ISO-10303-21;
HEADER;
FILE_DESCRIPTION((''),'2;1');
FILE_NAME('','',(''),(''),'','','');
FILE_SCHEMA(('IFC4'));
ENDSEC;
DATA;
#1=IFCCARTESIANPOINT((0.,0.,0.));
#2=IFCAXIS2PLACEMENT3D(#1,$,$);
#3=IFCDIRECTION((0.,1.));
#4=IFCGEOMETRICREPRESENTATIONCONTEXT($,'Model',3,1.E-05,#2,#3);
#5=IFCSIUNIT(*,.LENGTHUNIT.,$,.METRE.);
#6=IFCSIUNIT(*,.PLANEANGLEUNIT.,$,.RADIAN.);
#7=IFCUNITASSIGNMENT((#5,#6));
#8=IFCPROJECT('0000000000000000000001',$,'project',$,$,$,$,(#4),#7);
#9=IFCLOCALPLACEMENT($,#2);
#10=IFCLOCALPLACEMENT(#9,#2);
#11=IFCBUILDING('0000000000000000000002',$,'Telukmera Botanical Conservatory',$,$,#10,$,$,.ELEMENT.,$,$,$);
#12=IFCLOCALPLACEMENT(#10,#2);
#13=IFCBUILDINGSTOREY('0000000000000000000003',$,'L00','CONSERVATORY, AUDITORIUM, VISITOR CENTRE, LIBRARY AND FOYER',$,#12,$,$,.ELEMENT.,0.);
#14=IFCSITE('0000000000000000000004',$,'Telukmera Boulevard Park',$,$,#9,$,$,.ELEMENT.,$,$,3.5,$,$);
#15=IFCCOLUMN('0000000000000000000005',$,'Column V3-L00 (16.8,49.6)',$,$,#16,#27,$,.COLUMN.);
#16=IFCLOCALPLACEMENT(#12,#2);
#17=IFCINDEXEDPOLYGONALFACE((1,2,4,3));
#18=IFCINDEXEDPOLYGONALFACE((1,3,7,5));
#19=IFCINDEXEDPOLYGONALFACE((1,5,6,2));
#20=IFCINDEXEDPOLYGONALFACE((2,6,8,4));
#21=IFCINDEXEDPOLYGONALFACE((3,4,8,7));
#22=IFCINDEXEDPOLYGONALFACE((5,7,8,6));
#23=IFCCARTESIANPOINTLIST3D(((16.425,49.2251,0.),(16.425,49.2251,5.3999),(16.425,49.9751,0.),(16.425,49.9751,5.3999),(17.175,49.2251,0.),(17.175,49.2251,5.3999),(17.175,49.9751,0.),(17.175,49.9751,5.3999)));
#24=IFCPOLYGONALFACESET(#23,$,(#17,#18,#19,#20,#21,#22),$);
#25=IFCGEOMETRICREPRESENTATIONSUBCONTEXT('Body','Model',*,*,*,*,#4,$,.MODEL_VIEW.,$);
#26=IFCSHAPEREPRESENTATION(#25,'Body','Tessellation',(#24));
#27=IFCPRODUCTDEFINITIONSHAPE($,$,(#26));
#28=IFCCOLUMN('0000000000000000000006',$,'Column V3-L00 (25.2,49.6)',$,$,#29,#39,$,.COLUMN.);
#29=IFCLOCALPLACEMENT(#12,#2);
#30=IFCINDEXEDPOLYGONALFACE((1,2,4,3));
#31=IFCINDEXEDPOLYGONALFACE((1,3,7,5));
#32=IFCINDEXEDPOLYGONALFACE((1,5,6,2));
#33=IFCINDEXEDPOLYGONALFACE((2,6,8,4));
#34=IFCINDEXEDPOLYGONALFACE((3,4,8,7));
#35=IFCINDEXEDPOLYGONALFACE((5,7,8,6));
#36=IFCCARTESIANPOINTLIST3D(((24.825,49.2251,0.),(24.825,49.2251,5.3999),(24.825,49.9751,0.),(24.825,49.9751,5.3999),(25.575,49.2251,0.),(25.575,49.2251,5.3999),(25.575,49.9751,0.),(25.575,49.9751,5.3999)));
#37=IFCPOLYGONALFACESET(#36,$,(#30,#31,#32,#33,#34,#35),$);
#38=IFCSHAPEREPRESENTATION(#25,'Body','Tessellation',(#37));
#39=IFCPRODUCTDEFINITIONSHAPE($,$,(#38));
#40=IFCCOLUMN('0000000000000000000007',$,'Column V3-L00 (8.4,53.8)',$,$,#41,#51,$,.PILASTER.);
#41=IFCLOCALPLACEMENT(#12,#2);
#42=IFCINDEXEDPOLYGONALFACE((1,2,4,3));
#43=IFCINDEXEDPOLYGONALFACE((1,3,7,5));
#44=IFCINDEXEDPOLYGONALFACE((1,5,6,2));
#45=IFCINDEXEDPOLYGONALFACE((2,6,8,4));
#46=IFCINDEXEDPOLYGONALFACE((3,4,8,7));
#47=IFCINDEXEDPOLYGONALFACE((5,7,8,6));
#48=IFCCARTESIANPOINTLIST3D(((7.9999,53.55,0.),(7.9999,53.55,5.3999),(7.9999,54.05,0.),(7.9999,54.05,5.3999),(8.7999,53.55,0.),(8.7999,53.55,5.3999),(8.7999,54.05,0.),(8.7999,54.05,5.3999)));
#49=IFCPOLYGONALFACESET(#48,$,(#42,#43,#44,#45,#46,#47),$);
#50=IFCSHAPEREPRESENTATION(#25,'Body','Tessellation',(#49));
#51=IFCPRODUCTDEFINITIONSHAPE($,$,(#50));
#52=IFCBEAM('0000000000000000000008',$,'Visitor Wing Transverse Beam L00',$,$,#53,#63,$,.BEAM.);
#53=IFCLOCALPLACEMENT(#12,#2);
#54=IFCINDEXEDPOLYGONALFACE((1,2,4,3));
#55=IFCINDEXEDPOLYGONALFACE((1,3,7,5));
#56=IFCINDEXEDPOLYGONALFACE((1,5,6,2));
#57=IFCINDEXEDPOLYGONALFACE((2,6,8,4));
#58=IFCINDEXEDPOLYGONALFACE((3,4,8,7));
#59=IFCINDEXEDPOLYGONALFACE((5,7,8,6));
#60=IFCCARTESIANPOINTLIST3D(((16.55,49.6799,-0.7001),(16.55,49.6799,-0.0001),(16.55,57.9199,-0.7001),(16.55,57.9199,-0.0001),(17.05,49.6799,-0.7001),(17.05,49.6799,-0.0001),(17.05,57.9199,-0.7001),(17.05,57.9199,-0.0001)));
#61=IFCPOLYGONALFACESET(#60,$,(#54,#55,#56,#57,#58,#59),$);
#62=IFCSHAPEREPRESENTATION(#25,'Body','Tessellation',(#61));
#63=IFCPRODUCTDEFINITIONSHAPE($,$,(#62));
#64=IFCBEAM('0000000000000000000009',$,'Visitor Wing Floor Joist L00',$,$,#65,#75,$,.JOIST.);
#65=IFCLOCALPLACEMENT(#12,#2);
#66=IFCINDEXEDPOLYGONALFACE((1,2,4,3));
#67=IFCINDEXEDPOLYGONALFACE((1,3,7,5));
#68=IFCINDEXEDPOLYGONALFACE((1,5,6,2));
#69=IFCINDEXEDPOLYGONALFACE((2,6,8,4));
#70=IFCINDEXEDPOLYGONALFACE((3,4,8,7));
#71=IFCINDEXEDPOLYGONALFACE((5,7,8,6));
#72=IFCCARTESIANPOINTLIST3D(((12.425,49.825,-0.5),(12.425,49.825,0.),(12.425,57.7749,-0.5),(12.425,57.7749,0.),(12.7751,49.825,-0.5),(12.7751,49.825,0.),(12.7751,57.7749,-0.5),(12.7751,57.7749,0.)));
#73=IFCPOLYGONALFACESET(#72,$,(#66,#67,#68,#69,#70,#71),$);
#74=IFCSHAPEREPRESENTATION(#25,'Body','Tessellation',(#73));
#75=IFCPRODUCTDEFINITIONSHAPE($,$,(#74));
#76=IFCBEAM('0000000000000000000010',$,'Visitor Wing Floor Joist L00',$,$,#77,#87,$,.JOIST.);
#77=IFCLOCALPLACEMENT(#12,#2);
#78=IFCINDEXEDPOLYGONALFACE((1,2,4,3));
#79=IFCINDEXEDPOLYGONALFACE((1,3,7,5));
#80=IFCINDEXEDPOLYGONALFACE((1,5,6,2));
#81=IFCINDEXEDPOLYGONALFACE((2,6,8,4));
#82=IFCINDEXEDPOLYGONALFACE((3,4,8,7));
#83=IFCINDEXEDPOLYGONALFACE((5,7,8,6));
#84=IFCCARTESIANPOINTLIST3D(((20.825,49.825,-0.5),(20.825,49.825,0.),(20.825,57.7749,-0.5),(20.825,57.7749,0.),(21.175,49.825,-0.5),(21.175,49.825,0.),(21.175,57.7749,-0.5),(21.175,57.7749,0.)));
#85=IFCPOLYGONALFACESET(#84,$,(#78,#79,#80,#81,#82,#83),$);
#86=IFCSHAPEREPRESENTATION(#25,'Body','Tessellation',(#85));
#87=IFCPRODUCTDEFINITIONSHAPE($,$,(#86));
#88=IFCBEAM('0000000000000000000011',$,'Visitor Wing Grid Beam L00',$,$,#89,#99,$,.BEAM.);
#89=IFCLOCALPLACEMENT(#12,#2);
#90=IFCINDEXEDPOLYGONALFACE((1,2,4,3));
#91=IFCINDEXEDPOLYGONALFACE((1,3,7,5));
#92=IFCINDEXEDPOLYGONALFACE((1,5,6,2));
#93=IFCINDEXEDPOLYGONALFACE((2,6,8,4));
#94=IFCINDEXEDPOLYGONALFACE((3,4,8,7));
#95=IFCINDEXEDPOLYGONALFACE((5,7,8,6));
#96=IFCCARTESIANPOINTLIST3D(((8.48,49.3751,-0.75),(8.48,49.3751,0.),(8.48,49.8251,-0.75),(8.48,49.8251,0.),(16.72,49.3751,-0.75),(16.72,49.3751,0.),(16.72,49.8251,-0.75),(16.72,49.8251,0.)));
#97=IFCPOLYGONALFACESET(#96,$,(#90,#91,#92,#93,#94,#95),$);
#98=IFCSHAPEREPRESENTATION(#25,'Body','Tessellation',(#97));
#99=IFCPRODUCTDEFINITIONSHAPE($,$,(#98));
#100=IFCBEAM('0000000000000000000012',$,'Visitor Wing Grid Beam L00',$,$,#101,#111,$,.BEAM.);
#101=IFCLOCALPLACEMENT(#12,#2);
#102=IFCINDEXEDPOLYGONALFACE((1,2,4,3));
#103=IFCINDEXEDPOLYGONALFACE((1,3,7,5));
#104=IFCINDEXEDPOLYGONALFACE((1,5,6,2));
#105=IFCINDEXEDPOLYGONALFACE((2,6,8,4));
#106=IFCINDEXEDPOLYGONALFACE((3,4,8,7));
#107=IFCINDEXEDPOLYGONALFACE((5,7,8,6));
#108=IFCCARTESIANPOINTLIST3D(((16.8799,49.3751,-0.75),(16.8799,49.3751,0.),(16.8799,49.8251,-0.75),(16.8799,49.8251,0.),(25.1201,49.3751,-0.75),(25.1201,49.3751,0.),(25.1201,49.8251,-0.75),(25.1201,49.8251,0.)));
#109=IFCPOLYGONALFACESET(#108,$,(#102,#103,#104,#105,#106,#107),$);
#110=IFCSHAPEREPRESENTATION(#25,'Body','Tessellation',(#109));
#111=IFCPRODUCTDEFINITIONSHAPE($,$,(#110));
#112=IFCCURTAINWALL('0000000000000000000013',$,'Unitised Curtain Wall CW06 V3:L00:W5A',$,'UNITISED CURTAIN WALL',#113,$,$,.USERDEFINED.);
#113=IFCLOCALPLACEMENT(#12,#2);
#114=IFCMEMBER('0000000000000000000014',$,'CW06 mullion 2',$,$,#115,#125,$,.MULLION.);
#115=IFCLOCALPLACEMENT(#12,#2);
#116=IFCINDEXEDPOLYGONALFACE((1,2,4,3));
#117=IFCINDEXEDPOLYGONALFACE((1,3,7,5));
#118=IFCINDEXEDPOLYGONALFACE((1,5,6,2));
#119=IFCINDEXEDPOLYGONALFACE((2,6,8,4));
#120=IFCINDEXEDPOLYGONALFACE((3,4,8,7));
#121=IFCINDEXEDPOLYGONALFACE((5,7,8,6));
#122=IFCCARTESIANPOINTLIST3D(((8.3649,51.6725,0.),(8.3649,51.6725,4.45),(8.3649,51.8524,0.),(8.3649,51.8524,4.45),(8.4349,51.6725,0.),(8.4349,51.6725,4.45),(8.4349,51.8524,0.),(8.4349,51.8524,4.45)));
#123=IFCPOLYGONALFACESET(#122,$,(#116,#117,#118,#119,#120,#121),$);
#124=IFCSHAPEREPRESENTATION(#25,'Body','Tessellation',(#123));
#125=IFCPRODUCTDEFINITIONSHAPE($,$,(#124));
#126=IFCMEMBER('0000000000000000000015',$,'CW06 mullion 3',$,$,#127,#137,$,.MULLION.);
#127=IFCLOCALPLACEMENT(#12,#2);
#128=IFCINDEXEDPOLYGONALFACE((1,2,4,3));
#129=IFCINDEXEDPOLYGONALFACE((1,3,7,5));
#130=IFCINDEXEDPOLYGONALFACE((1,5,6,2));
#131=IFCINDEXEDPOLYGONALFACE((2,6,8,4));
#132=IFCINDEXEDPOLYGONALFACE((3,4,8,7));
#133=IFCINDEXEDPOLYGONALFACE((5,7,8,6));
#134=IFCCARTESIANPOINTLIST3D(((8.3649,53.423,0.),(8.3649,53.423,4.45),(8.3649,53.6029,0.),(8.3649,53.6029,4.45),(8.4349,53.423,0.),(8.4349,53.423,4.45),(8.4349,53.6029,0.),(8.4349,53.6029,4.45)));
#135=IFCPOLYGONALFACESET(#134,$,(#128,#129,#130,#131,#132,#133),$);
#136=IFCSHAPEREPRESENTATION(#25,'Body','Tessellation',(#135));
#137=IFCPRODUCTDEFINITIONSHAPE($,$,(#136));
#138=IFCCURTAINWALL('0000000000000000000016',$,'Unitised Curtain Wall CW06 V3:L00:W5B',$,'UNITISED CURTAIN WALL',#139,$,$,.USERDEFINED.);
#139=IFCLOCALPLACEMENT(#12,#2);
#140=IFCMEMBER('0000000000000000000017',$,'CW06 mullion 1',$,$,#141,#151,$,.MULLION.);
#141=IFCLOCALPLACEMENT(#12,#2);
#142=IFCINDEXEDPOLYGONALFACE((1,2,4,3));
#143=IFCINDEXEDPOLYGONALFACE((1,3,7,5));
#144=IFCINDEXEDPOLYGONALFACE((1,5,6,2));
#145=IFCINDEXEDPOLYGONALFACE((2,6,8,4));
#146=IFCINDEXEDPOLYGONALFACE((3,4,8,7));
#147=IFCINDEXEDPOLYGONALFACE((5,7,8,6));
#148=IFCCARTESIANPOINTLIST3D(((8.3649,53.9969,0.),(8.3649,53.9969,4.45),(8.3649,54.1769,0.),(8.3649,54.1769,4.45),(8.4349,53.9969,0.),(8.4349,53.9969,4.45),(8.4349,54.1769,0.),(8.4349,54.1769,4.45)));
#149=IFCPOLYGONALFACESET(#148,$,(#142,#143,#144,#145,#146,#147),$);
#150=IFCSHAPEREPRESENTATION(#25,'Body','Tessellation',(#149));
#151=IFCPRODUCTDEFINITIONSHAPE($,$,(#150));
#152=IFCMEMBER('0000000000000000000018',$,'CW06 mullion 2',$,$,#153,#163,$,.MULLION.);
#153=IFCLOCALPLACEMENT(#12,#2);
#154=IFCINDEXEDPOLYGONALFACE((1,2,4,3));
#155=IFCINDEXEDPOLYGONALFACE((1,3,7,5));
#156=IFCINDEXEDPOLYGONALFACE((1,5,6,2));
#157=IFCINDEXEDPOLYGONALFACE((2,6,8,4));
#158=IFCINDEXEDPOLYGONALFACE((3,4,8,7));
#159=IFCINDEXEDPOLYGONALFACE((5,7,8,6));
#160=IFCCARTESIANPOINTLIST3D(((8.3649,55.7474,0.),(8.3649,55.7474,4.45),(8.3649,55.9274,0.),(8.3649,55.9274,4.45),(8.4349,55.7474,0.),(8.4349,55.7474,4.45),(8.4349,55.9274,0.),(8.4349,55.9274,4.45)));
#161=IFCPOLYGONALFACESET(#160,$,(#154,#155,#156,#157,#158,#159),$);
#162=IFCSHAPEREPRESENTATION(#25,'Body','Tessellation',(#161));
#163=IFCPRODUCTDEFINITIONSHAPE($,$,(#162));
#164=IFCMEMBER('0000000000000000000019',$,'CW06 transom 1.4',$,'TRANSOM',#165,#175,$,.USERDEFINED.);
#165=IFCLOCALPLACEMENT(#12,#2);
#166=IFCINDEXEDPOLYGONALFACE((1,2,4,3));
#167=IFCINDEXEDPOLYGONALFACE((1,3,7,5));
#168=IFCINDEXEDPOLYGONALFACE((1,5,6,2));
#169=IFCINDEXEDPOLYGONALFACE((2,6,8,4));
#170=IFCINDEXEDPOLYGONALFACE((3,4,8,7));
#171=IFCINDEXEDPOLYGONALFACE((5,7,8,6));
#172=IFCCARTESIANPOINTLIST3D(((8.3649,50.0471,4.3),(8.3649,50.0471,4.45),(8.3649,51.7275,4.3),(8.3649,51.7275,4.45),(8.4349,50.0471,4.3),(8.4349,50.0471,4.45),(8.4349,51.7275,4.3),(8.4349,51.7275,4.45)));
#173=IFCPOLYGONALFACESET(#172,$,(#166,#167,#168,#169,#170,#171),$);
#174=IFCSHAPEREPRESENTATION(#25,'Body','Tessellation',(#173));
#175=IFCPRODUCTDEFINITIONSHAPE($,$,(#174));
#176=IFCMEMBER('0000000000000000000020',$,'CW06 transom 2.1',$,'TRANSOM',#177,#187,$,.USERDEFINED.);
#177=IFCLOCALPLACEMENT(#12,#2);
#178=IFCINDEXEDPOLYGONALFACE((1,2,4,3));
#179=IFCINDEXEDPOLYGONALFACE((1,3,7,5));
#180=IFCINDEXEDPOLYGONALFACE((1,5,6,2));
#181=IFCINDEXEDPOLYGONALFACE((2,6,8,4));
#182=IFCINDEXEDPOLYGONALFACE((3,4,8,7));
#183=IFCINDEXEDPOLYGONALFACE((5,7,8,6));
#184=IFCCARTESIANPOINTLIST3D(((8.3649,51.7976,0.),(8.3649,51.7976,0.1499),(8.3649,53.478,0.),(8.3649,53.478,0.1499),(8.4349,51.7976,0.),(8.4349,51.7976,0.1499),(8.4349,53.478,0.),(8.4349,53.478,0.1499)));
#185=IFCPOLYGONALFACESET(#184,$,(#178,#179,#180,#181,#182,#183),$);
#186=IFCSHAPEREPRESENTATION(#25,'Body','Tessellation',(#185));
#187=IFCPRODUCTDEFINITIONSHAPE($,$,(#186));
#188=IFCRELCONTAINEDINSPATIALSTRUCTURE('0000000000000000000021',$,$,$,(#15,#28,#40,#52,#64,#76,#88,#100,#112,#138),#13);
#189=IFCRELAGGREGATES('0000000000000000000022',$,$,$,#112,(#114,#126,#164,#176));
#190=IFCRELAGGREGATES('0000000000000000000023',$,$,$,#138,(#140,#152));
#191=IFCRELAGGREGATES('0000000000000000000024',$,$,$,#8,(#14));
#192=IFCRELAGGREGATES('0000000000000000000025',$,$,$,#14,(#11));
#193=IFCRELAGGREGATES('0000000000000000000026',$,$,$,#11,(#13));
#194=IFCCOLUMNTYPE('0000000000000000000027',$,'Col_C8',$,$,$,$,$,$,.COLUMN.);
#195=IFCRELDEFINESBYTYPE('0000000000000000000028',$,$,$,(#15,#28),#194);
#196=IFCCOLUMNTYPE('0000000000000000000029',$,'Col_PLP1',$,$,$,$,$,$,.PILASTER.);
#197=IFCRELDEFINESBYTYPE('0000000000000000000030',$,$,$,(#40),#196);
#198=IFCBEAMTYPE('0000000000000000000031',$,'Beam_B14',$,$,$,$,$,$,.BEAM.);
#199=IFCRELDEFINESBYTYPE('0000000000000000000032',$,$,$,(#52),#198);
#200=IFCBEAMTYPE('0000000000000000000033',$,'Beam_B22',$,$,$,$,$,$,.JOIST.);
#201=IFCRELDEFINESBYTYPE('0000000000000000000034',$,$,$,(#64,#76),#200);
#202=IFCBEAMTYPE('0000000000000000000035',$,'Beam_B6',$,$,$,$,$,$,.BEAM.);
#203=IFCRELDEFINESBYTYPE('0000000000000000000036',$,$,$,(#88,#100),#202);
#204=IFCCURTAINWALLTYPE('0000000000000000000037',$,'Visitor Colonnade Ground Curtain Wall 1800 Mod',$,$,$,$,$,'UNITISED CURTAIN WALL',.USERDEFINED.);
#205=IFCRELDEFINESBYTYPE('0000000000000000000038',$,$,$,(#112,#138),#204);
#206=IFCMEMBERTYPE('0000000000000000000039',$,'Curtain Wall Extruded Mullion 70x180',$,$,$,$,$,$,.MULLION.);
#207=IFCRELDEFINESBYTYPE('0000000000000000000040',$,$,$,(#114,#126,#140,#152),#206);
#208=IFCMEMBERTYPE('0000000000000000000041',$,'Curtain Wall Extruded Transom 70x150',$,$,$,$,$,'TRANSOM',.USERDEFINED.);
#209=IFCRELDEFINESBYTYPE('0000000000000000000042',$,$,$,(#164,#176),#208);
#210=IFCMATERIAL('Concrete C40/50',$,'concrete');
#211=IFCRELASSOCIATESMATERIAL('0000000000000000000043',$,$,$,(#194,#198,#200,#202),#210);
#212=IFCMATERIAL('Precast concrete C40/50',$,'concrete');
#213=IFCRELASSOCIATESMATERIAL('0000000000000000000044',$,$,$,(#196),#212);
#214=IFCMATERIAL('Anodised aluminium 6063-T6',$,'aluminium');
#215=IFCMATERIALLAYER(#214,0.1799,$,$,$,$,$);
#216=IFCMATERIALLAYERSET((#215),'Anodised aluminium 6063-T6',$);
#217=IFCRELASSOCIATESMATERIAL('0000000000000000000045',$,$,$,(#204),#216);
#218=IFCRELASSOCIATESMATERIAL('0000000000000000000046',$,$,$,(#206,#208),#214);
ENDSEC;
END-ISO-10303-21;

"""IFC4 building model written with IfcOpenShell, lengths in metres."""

from ifc_helpers import new_model, si_unit, direction, frame, origin, origin_2d, place, context, subcontext, project, spatial, rectangle, extrude, material, layer, layer_set, material_profile, profile_set, type_object, element, aggregate, save


model = new_model("IFC4")

# Units and contexts
model_context = context("Model", 3, precision=1e-05, world=origin(), true_north=direction((0.0, 1.0)))
body_context = subcontext(model_context, "Body", "Model", "MODEL_VIEW")
ifc_project = project(units=[si_unit("LENGTHUNIT", "METRE"), si_unit("PLANEANGLEUNIT", "RADIAN")], contexts=[model_context])

# Site, building, storey
site_placement = place(None, origin())
site = spatial("IfcSite", under=ifc_project, at=site_placement, Name="Telukmera Boulevard Park", CompositionType="ELEMENT", RefElevation=3.5)
building_placement = place(site_placement, origin())
building = spatial("IfcBuilding", under=site, at=building_placement, Name="Telukmera Botanical Conservatory", CompositionType="ELEMENT")
storey_placement = place(building_placement, origin())
storey = spatial("IfcBuildingStorey", under=building, at=storey_placement, Name="L00", Description="CONSERVATORY, AUDITORIUM, VISITOR CENTRE, LIBRARY AND FOYER", CompositionType="ELEMENT", Elevation=0.0)

# Columns
ifc_material_1 = material(Name="Concrete C40/50", Category="concrete")
ifc_material_profile_1 = material_profile(ifc_material_1, rectangle(XDim=0.75, YDim=0.75, at=origin_2d()), Name="RC 750x750")
ifc_profile_set_1 = profile_set([ifc_material_profile_1], Name="Concrete C40/50")
column_type_1 = type_object("IfcColumnType", Name="Col_C8", PredefinedType="COLUMN", material=ifc_profile_set_1)
for number, where, z_axis, x_axis, name in (
    (1, (16.8, 49.6001, 0.0), (0.0, 0.0, 1.0), (1.0, 0.0, 0.0), "Column V3-L00 (16.8,49.6)"),
    (2, (25.2, 49.6001, 0.0), (0.0, 0.0, 1.0), (1.0, 0.0, 0.0), "Column V3-L00 (25.2,49.6)"),
):
    element("IfcColumn", number, at=place(storey_placement, frame(where, z_axis=z_axis, x_axis=x_axis)), inside=storey, type_object=column_type_1, Name=name, PredefinedType="COLUMN", context=body_context, shape_type="SweptSolid", body=[
        extrude(rectangle(XDim=0.75, YDim=0.75, at=origin_2d()), origin(), (0.0, 0.0, 1.0), 5.3999),
    ])
ifc_material_2 = material(Name="Precast concrete C40/50", Category="concrete")
ifc_material_profile_2 = material_profile(ifc_material_2, rectangle(XDim=0.8, YDim=0.5, at=origin_2d()), Name="PC 800x500")
ifc_profile_set_2 = profile_set([ifc_material_profile_2], Name="Precast concrete C40/50")
column_type_2 = type_object("IfcColumnType", Name="Col_PLP1", PredefinedType="PILASTER", material=ifc_profile_set_2)
column_placement = place(storey_placement, frame((8.3999, 53.8, 0.0), z_axis=(0.0, 0.0, 1.0), x_axis=(1.0, 0.0, 0.0)))
element("IfcColumn", 3, at=column_placement, inside=storey, type_object=column_type_2, Name="Column V3-L00 (8.4,53.8)", PredefinedType="PILASTER", context=body_context, shape_type="SweptSolid", body=[
    extrude(rectangle(XDim=0.8, YDim=0.5, at=origin_2d()), origin(), (0.0, 0.0, 1.0), 5.3999),
])

# Beams
ifc_material_profile_3 = material_profile(ifc_material_1, rectangle(XDim=0.5, YDim=0.7, at=origin_2d()), Name="RC 500x700")
ifc_profile_set_3 = profile_set([ifc_material_profile_3], Name="Concrete C40/50")
beam_type_1 = type_object("IfcBeamType", Name="Beam_B14", PredefinedType="BEAM", material=ifc_profile_set_3)
beam_1_placement = place(storey_placement, frame((16.8, 49.6799, -0.3501), z_axis=(0.0, 1.0, 0.0), x_axis=(-1.0, 0.0, 0.0)))
element("IfcBeam", 4, at=beam_1_placement, inside=storey, type_object=beam_type_1, Name="Visitor Wing Transverse Beam L00", PredefinedType="BEAM", context=body_context, shape_type="SweptSolid", body=[
    extrude(rectangle(XDim=0.5, YDim=0.7, at=origin_2d()), origin(), (0.0, 0.0, 1.0), 8.24),
])
ifc_material_profile_4 = material_profile(ifc_material_1, rectangle(XDim=0.3501, YDim=0.5, at=origin_2d()), Name="RC 350x500")
ifc_profile_set_4 = profile_set([ifc_material_profile_4], Name="Concrete C40/50")
beam_type_2 = type_object("IfcBeamType", Name="Beam_B22", PredefinedType="JOIST", material=ifc_profile_set_4)
for number, where, z_axis, x_axis, name in (
    (5, (12.6001, 49.825, -0.25), (0.0, 1.0, 0.0), (-1.0, 0.0, 0.0), "Visitor Wing Floor Joist L00"),
    (6, (21.0, 49.825, -0.25), (0.0, 1.0, 0.0), (-1.0, 0.0, 0.0), "Visitor Wing Floor Joist L00"),
):
    element("IfcBeam", number, at=place(storey_placement, frame(where, z_axis=z_axis, x_axis=x_axis)), inside=storey, type_object=beam_type_2, Name=name, PredefinedType="JOIST", context=body_context, shape_type="SweptSolid", body=[
        extrude(rectangle(XDim=0.3501, YDim=0.5, at=origin_2d()), origin(), (0.0, 0.0, 1.0), 7.95),
    ])
ifc_material_profile_5 = material_profile(ifc_material_1, rectangle(XDim=0.45, YDim=0.75, at=origin_2d()), Name="RC 450x750")
ifc_profile_set_5 = profile_set([ifc_material_profile_5], Name="Concrete C40/50")
beam_type_3 = type_object("IfcBeamType", Name="Beam_B6", PredefinedType="BEAM", material=ifc_profile_set_5)
beam_2_placement = place(storey_placement, frame((8.48, 49.6001, -0.375), z_axis=(1.0, 0.0, 0.0), x_axis=(0.0, 1.0, 0.0)))
element("IfcBeam", 7, at=beam_2_placement, inside=storey, type_object=beam_type_3, Name="Visitor Wing Grid Beam L00", PredefinedType="BEAM", context=body_context, shape_type="SweptSolid", body=[
    extrude(rectangle(XDim=0.45, YDim=0.75, at=origin_2d()), origin(), (0.0, 0.0, 1.0), 8.24),
])
beam_3_placement = place(storey_placement, frame((16.8799, 49.6001, -0.375), z_axis=(1.0, 0.0, 0.0), x_axis=(0.0, 1.0, 0.0)))
element("IfcBeam", 8, at=beam_3_placement, inside=storey, type_object=beam_type_3, Name="Visitor Wing Grid Beam L00", PredefinedType="BEAM", context=body_context, shape_type="SweptSolid", body=[
    extrude(rectangle(XDim=0.45, YDim=0.75, at=origin_2d()), origin(), (0.0, 0.0, 1.0), 8.2402),
])

# Curtain walls, members
ifc_material_3 = material(Name="Anodised aluminium 6063-T6", Category="aluminium")
ifc_layer_1 = layer(ifc_material_3, 0.1799)
ifc_layer_set_1 = layer_set([ifc_layer_1], Name="Anodised aluminium 6063-T6")
curtain_wall_type = type_object("IfcCurtainWallType", Name="Visitor Colonnade Ground Curtain Wall 1800 Mod", ElementType="UNITISED CURTAIN WALL", PredefinedType="USERDEFINED", material=ifc_layer_set_1)
curtain_wall_1_placement = place(storey_placement, origin())
curtain_wall_1 = element("IfcCurtainWall", 9, at=curtain_wall_1_placement, inside=storey, type_object=curtain_wall_type, Name="Unitised Curtain Wall CW06 V3:L00:W5A", ObjectType="UNITISED CURTAIN WALL", PredefinedType="USERDEFINED")
ifc_material_profile_6 = material_profile(ifc_material_3, rectangle(XDim=0.0701, YDim=0.1799, at=origin_2d()), Name="ALU MULL 70x180")
ifc_profile_set_6 = profile_set([ifc_material_profile_6], Name="Anodised aluminium 6063-T6")
member_type_1 = type_object("IfcMemberType", Name="Curtain Wall Extruded Mullion 70x180", PredefinedType="MULLION", material=ifc_profile_set_6)
member_1_placement = place(storey_placement, frame((8.3999, 51.7625, 0.0), z_axis=(0.0, 0.0, 1.0), x_axis=(-1.0, 0.0, 0.0)))
member_1 = element("IfcMember", 10, at=member_1_placement, type_object=member_type_1, Name="CW06 mullion 2", PredefinedType="MULLION", context=body_context, shape_type="SweptSolid", body=[
    extrude(rectangle(XDim=0.0701, YDim=0.1799, at=origin_2d()), origin(), (0.0, 0.0, 1.0), 4.45),
])
member_2_placement = place(storey_placement, frame((8.3999, 53.5129, 0.0), z_axis=(0.0, 0.0, 1.0), x_axis=(-1.0, 0.0, 0.0)))
member_2 = element("IfcMember", 11, at=member_2_placement, type_object=member_type_1, Name="CW06 mullion 3", PredefinedType="MULLION", context=body_context, shape_type="SweptSolid", body=[
    extrude(rectangle(XDim=0.0701, YDim=0.1799, at=origin_2d()), origin(), (0.0, 0.0, 1.0), 4.45),
])
curtain_wall_2_placement = place(storey_placement, origin())
curtain_wall_2 = element("IfcCurtainWall", 12, at=curtain_wall_2_placement, inside=storey, type_object=curtain_wall_type, Name="Unitised Curtain Wall CW06 V3:L00:W5B", ObjectType="UNITISED CURTAIN WALL", PredefinedType="USERDEFINED")
member_3_placement = place(storey_placement, frame((8.3999, 54.0869, 0.0), z_axis=(0.0, 0.0, 1.0), x_axis=(-1.0, 0.0, 0.0)))
member_3 = element("IfcMember", 13, at=member_3_placement, type_object=member_type_1, Name="CW06 mullion 1", PredefinedType="MULLION", context=body_context, shape_type="SweptSolid", body=[
    extrude(rectangle(XDim=0.0701, YDim=0.1799, at=origin_2d()), origin(), (0.0, 0.0, 1.0), 4.45),
])
member_4_placement = place(storey_placement, frame((8.3999, 55.8374, 0.0), z_axis=(0.0, 0.0, 1.0), x_axis=(-1.0, 0.0, 0.0)))
member_4 = element("IfcMember", 14, at=member_4_placement, type_object=member_type_1, Name="CW06 mullion 2", PredefinedType="MULLION", context=body_context, shape_type="SweptSolid", body=[
    extrude(rectangle(XDim=0.0701, YDim=0.1799, at=origin_2d()), origin(), (0.0, 0.0, 1.0), 4.45),
])

# Members
ifc_material_profile_7 = material_profile(ifc_material_3, rectangle(XDim=0.0701, YDim=0.1499, at=origin_2d()), Name="ALU TRAN 70x150")
ifc_profile_set_7 = profile_set([ifc_material_profile_7], Name="Anodised aluminium 6063-T6")
member_type_2 = type_object("IfcMemberType", Name="Curtain Wall Extruded Transom 70x150", ElementType="TRANSOM", PredefinedType="USERDEFINED", material=ifc_profile_set_7)
member_5_placement = place(storey_placement, frame((8.3999, 50.0471, 4.375), z_axis=(0.0, 1.0, 0.0), x_axis=(-1.0, 0.0, 0.0)))
member_5 = element("IfcMember", 15, at=member_5_placement, type_object=member_type_2, Name="CW06 transom 1.4", ObjectType="TRANSOM", PredefinedType="USERDEFINED", context=body_context, shape_type="SweptSolid", body=[
    extrude(rectangle(XDim=0.0701, YDim=0.1499, at=origin_2d()), origin(), (0.0, 0.0, 1.0), 1.6804),
])
member_6_placement = place(storey_placement, frame((8.3999, 51.7976, 0.075), z_axis=(0.0, 1.0, 0.0), x_axis=(-1.0, 0.0, 0.0)))
member_6 = element("IfcMember", 16, at=member_6_placement, type_object=member_type_2, Name="CW06 transom 2.1", ObjectType="TRANSOM", PredefinedType="USERDEFINED", context=body_context, shape_type="SweptSolid", body=[
    extrude(rectangle(XDim=0.0701, YDim=0.1499, at=origin_2d()), origin(), (0.0, 0.0, 1.0), 1.6804),
])

aggregate(curtain_wall_1, [member_1, member_2, member_5, member_6])
aggregate(curtain_wall_2, [member_3, member_4])

save(model, "model.ifc")
